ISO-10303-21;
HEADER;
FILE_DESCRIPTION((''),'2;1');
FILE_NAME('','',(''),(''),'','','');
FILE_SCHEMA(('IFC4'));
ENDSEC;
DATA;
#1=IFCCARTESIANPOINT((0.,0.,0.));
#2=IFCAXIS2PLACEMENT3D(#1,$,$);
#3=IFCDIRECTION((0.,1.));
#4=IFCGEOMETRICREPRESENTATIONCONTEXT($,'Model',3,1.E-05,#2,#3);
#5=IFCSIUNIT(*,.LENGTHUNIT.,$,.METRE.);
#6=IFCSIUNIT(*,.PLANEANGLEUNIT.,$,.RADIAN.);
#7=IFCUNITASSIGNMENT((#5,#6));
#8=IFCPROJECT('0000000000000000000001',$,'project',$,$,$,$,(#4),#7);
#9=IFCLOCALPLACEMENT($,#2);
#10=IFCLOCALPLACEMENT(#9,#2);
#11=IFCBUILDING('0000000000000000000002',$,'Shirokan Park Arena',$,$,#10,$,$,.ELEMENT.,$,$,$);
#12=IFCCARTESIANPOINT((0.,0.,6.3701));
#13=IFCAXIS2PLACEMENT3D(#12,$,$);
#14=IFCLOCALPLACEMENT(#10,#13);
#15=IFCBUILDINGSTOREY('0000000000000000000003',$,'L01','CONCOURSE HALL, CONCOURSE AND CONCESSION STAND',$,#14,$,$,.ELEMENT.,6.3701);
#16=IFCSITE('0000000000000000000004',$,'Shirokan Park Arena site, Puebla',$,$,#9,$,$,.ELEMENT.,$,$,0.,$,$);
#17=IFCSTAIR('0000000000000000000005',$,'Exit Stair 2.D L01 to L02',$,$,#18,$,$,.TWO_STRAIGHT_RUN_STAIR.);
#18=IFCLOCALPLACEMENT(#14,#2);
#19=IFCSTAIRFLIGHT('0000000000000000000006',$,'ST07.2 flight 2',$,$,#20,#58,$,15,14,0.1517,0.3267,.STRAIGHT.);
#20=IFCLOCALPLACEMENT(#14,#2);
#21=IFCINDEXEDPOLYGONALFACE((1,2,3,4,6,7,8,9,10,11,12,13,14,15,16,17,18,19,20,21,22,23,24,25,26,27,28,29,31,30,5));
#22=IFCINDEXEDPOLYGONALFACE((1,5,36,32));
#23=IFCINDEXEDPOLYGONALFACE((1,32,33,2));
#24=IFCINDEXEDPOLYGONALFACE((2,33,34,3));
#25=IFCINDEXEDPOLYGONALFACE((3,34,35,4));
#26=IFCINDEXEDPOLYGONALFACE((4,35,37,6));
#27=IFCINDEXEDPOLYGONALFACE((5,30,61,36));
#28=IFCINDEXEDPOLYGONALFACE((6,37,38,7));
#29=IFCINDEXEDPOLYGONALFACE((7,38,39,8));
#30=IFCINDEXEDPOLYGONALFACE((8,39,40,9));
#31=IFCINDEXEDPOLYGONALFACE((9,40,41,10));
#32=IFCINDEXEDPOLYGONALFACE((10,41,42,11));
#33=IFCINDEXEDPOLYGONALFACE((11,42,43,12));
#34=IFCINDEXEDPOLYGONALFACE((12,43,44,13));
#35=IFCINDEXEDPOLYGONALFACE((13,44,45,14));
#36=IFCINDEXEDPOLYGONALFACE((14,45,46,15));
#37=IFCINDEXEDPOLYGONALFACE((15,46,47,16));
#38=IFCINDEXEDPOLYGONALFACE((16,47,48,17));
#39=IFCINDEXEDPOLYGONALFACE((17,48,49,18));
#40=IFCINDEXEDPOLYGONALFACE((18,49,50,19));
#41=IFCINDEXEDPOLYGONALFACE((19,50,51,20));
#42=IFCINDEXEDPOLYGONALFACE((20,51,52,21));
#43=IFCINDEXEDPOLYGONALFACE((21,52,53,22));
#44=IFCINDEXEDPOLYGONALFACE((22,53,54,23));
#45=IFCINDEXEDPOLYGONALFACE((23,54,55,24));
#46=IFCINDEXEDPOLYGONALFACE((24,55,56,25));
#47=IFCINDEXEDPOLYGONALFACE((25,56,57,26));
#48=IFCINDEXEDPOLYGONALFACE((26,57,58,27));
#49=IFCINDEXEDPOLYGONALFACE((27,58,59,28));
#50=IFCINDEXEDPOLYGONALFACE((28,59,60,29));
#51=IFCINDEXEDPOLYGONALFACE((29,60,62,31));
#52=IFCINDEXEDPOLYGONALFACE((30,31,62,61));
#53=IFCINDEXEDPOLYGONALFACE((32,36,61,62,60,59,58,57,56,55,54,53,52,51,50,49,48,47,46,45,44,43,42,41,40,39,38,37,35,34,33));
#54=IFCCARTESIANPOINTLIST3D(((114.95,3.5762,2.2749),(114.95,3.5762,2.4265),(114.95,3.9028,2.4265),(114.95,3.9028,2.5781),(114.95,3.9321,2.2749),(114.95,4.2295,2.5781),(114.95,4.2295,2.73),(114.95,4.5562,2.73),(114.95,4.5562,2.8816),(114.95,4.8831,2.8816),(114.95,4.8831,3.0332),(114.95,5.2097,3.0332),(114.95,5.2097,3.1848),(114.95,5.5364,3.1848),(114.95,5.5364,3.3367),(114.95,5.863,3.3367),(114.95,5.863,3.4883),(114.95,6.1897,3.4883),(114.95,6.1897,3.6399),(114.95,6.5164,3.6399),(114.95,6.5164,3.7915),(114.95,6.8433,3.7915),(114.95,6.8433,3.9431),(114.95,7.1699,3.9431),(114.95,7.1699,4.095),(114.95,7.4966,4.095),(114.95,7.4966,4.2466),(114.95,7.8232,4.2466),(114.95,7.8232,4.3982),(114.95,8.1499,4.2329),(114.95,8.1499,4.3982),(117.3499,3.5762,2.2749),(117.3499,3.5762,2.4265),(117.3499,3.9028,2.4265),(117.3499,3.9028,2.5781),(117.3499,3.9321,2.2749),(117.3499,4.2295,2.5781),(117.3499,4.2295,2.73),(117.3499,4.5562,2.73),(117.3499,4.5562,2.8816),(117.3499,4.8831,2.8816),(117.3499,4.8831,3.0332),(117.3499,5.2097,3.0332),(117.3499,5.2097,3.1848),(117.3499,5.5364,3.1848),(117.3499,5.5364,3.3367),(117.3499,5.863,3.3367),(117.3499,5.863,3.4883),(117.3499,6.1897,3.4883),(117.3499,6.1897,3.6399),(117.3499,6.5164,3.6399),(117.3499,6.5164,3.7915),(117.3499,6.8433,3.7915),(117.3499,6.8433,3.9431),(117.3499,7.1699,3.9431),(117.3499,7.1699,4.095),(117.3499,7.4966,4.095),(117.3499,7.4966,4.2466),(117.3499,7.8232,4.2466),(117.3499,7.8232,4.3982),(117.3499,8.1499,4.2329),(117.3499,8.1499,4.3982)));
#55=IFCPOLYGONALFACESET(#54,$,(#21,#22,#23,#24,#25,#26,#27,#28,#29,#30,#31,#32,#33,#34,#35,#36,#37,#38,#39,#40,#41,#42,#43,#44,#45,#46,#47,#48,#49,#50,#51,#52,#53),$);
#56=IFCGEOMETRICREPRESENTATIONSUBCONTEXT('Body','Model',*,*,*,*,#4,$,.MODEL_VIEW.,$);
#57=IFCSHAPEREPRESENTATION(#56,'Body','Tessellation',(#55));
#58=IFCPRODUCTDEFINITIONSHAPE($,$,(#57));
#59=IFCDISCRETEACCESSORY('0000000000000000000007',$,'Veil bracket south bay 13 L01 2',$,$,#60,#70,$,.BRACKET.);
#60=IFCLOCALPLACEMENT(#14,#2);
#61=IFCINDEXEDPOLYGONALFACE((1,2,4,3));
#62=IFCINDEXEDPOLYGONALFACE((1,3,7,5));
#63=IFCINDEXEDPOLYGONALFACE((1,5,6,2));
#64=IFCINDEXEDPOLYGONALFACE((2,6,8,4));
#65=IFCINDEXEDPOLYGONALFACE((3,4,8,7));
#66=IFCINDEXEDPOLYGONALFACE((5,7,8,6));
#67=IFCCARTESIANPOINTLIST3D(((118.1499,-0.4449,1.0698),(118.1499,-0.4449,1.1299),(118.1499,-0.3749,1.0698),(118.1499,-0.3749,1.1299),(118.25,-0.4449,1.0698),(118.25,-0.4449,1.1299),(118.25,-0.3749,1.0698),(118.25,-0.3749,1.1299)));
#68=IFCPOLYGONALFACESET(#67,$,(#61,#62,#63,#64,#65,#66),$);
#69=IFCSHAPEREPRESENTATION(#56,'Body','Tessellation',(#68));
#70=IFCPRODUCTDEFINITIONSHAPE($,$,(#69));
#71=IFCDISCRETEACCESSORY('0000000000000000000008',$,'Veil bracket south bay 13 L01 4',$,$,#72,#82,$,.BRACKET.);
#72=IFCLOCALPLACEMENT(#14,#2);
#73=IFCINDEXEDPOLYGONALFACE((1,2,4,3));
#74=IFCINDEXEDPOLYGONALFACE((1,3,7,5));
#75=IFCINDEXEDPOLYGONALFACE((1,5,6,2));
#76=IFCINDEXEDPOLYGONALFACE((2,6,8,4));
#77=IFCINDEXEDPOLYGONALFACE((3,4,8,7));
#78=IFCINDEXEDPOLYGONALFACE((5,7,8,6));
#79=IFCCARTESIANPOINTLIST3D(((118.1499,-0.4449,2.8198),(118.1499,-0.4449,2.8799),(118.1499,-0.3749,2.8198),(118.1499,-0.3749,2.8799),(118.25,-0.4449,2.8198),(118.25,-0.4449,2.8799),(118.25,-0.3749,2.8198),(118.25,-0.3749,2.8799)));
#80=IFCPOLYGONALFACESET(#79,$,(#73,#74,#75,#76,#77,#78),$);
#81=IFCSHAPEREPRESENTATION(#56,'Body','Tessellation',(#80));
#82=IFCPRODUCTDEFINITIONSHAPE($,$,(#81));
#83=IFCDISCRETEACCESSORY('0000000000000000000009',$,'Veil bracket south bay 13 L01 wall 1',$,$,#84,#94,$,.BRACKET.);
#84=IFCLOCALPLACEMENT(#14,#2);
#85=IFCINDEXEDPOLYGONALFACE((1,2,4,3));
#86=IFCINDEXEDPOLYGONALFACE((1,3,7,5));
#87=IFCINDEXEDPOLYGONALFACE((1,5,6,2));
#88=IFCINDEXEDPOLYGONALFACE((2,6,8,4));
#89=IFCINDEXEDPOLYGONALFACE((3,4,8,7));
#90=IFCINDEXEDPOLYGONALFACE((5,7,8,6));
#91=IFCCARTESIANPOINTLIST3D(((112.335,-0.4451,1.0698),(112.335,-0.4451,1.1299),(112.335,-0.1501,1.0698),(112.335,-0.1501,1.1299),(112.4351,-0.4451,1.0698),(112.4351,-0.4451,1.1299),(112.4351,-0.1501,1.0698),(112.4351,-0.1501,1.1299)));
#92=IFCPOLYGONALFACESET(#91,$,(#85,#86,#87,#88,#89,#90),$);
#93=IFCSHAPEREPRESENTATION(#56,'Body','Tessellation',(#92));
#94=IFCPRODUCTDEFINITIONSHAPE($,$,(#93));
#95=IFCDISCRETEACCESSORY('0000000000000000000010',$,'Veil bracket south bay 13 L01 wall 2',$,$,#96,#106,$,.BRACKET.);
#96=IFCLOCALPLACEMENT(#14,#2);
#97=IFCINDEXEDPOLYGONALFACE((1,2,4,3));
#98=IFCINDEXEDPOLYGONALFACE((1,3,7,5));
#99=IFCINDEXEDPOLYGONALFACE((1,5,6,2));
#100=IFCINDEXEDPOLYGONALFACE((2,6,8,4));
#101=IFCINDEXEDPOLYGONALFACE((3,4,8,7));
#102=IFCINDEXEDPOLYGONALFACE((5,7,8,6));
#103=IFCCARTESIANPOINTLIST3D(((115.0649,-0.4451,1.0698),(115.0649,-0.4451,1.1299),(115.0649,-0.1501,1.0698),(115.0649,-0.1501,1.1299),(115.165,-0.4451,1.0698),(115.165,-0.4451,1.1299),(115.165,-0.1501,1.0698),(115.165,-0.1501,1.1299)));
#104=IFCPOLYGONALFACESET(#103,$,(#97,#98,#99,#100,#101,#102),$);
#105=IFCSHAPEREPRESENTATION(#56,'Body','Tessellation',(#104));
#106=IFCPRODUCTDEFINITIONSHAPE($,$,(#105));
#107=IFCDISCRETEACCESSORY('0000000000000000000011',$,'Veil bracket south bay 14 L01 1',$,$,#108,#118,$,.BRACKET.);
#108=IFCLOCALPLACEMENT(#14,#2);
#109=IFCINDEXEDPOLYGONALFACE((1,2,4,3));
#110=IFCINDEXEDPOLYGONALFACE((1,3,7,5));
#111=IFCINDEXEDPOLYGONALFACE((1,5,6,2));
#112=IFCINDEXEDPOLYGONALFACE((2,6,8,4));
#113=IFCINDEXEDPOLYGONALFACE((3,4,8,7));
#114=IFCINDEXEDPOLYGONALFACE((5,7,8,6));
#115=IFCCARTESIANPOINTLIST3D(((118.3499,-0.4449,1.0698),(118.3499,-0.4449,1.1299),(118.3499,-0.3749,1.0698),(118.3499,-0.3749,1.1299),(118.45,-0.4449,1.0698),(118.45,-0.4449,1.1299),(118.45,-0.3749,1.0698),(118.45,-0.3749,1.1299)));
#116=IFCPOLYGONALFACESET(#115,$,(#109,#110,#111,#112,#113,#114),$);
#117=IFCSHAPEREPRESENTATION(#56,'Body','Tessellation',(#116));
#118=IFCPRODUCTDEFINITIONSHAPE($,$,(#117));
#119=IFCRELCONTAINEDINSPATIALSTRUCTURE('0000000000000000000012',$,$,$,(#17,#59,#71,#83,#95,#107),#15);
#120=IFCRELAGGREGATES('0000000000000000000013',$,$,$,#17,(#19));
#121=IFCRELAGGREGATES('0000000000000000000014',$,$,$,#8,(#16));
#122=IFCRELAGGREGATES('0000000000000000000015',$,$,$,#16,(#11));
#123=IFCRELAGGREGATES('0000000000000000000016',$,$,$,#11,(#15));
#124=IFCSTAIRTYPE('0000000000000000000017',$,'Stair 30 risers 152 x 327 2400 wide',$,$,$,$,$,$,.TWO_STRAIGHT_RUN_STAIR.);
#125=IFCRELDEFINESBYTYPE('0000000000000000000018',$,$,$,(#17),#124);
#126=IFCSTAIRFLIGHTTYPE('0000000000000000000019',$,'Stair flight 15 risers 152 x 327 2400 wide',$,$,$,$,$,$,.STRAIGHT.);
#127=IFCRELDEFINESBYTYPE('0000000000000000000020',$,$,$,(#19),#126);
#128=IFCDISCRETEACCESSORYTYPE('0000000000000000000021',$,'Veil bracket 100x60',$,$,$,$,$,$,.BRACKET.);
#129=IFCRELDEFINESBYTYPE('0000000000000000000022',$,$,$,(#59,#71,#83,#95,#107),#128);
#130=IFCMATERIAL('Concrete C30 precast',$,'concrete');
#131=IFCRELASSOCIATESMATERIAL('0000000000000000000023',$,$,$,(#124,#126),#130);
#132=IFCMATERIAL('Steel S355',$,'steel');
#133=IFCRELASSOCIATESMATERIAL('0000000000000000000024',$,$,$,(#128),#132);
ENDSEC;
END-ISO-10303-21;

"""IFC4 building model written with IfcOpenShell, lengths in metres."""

from ifc_helpers import new_model, si_unit, direction, frame, origin, origin_2d, place, context, subcontext, project, spatial, polyline, rectangle, outline, extrude, material, type_object, element, aggregate, save


model = new_model("IFC4")

# Units and contexts
model_context = context("Model", 3, precision=1e-05, world=origin(), true_north=direction((0.0, 1.0)))
body_context = subcontext(model_context, "Body", "Model", "MODEL_VIEW")
ifc_project = project(units=[si_unit("LENGTHUNIT", "METRE"), si_unit("PLANEANGLEUNIT", "RADIAN")], contexts=[model_context])

# Site, building, storey
site_placement = place(None, origin())
site = spatial("IfcSite", under=ifc_project, at=site_placement, Name="Shirokan Park Arena site, Puebla", CompositionType="ELEMENT", RefElevation=0.0)
building_placement = place(site_placement, origin())
building = spatial("IfcBuilding", under=site, at=building_placement, Name="Shirokan Park Arena", CompositionType="ELEMENT")
storey_placement = place(building_placement, frame((0.0, 0.0, 6.3701)))
storey = spatial("IfcBuildingStorey", under=building, at=storey_placement, Name="L01", Description="CONCOURSE HALL, CONCOURSE AND CONCESSION STAND", CompositionType="ELEMENT", Elevation=6.3701)

# Stair, stair flight
ifc_material_1 = material(Name="Concrete C30 precast", Category="concrete")
stair_type = type_object("IfcStairType", Name="Stair 30 risers 152 x 327 2400 wide", PredefinedType="TWO_STRAIGHT_RUN_STAIR", material=ifc_material_1)
stair_placement = place(storey_placement, origin())
stair = element("IfcStair", 1, at=stair_placement, inside=storey, type_object=stair_type, Name="Exit Stair 2.D L01 to L02", PredefinedType="TWO_STRAIGHT_RUN_STAIR")
stair_flight_type = type_object("IfcStairFlightType", Name="Stair flight 15 risers 152 x 327 2400 wide", PredefinedType="STRAIGHT", material=ifc_material_1)
stair_flight_1_placement = place(storey_placement, frame((116.1499, 3.5762, 2.2749), z_axis=(0.0, 0.0, 1.0), x_axis=(0.0, 1.0, 0.0)))
stair_flight_1 = element("IfcStairFlight", 2, at=stair_flight_1_placement, type_object=stair_flight_type, Name="ST07.2 flight 2", NumberOfRisers=15, NumberOfTreads=14, PredefinedType="STRAIGHT", RiserHeight=0.1517, TreadLength=0.3267, context=body_context, shape_type="SweptSolid", body=[
    extrude(outline(polyline([(0.0, 0.0), (0.0, 0.1516), (0.3267, 0.1516), (0.3267, 0.3032), (0.6533, 0.3032), (0.6533, 0.4551), (0.98, 0.4551), (0.98, 0.6067), (1.3069, 0.6067), (1.3069, 0.7583), (1.6335, 0.7583), (1.6335, 0.9099), (1.9602, 0.9099), (1.9602, 1.0618), (2.2869, 1.0618), (2.2869, 1.2134), (2.6135, 1.2134), (2.6135, 1.365), (2.9402, 1.365), (2.9402, 1.5166), (3.2671, 1.5166), (3.2671, 1.6682), (3.5938, 1.6682), (3.5938, 1.8201), (3.9204, 1.8201), (3.9204, 1.9717), (4.2471, 1.9717), (4.2471, 2.1233), (4.5737, 2.1233), (4.5737, 2.2749), (4.5737, 1.958), (0.356, 0.0), (0.0, 0.0)])), frame((0.0, 1.2, 0.0), z_axis=(0.0, -1.0, 0.0), x_axis=(1.0, 0.0, 0.0)), (0.0, 0.0, 1.0), 2.3999),
])
aggregate(stair, [stair_flight_1])

# Discrete accessories
ifc_material_2 = material(Name="Steel S355", Category="steel")
discrete_accessory_type = type_object("IfcDiscreteAccessoryType", Name="Veil bracket 100x60", PredefinedType="BRACKET", material=ifc_material_2)
for number, where, z_axis, x_axis, name in (
    (3, (118.2, -0.4099, 1.0698), (0.0, 0.0, 1.0), (1.0, 0.0, 0.0), "Veil bracket south bay 13 L01 2"),
    (4, (118.2, -0.4099, 2.8198), (0.0, 0.0, 1.0), (1.0, 0.0, 0.0), "Veil bracket south bay 13 L01 4"),
):
    element("IfcDiscreteAccessory", number, at=place(storey_placement, frame(where, z_axis=z_axis, x_axis=x_axis)), inside=storey, type_object=discrete_accessory_type, Name=name, PredefinedType="BRACKET", context=body_context, shape_type="SweptSolid", body=[
        extrude(rectangle(XDim=0.1001, YDim=0.0701, at=origin_2d()), origin(), (0.0, 0.0, 1.0), 0.0601),
    ])
for number, where, z_axis, x_axis, name in (
    (5, (112.385, -0.2976, 1.0698), (0.0, 0.0, 1.0), (1.0, 0.0, 0.0), "Veil bracket south bay 13 L01 wall 1"),
    (6, (115.115, -0.2976, 1.0698), (0.0, 0.0, 1.0), (1.0, 0.0, 0.0), "Veil bracket south bay 13 L01 wall 2"),
):
    element("IfcDiscreteAccessory", number, at=place(storey_placement, frame(where, z_axis=z_axis, x_axis=x_axis)), inside=storey, type_object=discrete_accessory_type, Name=name, PredefinedType="BRACKET", context=body_context, shape_type="SweptSolid", body=[
        extrude(rectangle(XDim=0.1001, YDim=0.2949, at=origin_2d()), origin(), (0.0, 0.0, 1.0), 0.0601),
    ])
discrete_accessory_placement = place(storey_placement, frame((118.3999, -0.4099, 1.0698), z_axis=(0.0, 0.0, 1.0), x_axis=(1.0, 0.0, 0.0)))
element("IfcDiscreteAccessory", 7, at=discrete_accessory_placement, inside=storey, type_object=discrete_accessory_type, Name="Veil bracket south bay 14 L01 1", PredefinedType="BRACKET", context=body_context, shape_type="SweptSolid", body=[
    extrude(rectangle(XDim=0.1001, YDim=0.0701, at=origin_2d()), origin(), (0.0, 0.0, 1.0), 0.0601),
])

save(model, "model.ifc")
